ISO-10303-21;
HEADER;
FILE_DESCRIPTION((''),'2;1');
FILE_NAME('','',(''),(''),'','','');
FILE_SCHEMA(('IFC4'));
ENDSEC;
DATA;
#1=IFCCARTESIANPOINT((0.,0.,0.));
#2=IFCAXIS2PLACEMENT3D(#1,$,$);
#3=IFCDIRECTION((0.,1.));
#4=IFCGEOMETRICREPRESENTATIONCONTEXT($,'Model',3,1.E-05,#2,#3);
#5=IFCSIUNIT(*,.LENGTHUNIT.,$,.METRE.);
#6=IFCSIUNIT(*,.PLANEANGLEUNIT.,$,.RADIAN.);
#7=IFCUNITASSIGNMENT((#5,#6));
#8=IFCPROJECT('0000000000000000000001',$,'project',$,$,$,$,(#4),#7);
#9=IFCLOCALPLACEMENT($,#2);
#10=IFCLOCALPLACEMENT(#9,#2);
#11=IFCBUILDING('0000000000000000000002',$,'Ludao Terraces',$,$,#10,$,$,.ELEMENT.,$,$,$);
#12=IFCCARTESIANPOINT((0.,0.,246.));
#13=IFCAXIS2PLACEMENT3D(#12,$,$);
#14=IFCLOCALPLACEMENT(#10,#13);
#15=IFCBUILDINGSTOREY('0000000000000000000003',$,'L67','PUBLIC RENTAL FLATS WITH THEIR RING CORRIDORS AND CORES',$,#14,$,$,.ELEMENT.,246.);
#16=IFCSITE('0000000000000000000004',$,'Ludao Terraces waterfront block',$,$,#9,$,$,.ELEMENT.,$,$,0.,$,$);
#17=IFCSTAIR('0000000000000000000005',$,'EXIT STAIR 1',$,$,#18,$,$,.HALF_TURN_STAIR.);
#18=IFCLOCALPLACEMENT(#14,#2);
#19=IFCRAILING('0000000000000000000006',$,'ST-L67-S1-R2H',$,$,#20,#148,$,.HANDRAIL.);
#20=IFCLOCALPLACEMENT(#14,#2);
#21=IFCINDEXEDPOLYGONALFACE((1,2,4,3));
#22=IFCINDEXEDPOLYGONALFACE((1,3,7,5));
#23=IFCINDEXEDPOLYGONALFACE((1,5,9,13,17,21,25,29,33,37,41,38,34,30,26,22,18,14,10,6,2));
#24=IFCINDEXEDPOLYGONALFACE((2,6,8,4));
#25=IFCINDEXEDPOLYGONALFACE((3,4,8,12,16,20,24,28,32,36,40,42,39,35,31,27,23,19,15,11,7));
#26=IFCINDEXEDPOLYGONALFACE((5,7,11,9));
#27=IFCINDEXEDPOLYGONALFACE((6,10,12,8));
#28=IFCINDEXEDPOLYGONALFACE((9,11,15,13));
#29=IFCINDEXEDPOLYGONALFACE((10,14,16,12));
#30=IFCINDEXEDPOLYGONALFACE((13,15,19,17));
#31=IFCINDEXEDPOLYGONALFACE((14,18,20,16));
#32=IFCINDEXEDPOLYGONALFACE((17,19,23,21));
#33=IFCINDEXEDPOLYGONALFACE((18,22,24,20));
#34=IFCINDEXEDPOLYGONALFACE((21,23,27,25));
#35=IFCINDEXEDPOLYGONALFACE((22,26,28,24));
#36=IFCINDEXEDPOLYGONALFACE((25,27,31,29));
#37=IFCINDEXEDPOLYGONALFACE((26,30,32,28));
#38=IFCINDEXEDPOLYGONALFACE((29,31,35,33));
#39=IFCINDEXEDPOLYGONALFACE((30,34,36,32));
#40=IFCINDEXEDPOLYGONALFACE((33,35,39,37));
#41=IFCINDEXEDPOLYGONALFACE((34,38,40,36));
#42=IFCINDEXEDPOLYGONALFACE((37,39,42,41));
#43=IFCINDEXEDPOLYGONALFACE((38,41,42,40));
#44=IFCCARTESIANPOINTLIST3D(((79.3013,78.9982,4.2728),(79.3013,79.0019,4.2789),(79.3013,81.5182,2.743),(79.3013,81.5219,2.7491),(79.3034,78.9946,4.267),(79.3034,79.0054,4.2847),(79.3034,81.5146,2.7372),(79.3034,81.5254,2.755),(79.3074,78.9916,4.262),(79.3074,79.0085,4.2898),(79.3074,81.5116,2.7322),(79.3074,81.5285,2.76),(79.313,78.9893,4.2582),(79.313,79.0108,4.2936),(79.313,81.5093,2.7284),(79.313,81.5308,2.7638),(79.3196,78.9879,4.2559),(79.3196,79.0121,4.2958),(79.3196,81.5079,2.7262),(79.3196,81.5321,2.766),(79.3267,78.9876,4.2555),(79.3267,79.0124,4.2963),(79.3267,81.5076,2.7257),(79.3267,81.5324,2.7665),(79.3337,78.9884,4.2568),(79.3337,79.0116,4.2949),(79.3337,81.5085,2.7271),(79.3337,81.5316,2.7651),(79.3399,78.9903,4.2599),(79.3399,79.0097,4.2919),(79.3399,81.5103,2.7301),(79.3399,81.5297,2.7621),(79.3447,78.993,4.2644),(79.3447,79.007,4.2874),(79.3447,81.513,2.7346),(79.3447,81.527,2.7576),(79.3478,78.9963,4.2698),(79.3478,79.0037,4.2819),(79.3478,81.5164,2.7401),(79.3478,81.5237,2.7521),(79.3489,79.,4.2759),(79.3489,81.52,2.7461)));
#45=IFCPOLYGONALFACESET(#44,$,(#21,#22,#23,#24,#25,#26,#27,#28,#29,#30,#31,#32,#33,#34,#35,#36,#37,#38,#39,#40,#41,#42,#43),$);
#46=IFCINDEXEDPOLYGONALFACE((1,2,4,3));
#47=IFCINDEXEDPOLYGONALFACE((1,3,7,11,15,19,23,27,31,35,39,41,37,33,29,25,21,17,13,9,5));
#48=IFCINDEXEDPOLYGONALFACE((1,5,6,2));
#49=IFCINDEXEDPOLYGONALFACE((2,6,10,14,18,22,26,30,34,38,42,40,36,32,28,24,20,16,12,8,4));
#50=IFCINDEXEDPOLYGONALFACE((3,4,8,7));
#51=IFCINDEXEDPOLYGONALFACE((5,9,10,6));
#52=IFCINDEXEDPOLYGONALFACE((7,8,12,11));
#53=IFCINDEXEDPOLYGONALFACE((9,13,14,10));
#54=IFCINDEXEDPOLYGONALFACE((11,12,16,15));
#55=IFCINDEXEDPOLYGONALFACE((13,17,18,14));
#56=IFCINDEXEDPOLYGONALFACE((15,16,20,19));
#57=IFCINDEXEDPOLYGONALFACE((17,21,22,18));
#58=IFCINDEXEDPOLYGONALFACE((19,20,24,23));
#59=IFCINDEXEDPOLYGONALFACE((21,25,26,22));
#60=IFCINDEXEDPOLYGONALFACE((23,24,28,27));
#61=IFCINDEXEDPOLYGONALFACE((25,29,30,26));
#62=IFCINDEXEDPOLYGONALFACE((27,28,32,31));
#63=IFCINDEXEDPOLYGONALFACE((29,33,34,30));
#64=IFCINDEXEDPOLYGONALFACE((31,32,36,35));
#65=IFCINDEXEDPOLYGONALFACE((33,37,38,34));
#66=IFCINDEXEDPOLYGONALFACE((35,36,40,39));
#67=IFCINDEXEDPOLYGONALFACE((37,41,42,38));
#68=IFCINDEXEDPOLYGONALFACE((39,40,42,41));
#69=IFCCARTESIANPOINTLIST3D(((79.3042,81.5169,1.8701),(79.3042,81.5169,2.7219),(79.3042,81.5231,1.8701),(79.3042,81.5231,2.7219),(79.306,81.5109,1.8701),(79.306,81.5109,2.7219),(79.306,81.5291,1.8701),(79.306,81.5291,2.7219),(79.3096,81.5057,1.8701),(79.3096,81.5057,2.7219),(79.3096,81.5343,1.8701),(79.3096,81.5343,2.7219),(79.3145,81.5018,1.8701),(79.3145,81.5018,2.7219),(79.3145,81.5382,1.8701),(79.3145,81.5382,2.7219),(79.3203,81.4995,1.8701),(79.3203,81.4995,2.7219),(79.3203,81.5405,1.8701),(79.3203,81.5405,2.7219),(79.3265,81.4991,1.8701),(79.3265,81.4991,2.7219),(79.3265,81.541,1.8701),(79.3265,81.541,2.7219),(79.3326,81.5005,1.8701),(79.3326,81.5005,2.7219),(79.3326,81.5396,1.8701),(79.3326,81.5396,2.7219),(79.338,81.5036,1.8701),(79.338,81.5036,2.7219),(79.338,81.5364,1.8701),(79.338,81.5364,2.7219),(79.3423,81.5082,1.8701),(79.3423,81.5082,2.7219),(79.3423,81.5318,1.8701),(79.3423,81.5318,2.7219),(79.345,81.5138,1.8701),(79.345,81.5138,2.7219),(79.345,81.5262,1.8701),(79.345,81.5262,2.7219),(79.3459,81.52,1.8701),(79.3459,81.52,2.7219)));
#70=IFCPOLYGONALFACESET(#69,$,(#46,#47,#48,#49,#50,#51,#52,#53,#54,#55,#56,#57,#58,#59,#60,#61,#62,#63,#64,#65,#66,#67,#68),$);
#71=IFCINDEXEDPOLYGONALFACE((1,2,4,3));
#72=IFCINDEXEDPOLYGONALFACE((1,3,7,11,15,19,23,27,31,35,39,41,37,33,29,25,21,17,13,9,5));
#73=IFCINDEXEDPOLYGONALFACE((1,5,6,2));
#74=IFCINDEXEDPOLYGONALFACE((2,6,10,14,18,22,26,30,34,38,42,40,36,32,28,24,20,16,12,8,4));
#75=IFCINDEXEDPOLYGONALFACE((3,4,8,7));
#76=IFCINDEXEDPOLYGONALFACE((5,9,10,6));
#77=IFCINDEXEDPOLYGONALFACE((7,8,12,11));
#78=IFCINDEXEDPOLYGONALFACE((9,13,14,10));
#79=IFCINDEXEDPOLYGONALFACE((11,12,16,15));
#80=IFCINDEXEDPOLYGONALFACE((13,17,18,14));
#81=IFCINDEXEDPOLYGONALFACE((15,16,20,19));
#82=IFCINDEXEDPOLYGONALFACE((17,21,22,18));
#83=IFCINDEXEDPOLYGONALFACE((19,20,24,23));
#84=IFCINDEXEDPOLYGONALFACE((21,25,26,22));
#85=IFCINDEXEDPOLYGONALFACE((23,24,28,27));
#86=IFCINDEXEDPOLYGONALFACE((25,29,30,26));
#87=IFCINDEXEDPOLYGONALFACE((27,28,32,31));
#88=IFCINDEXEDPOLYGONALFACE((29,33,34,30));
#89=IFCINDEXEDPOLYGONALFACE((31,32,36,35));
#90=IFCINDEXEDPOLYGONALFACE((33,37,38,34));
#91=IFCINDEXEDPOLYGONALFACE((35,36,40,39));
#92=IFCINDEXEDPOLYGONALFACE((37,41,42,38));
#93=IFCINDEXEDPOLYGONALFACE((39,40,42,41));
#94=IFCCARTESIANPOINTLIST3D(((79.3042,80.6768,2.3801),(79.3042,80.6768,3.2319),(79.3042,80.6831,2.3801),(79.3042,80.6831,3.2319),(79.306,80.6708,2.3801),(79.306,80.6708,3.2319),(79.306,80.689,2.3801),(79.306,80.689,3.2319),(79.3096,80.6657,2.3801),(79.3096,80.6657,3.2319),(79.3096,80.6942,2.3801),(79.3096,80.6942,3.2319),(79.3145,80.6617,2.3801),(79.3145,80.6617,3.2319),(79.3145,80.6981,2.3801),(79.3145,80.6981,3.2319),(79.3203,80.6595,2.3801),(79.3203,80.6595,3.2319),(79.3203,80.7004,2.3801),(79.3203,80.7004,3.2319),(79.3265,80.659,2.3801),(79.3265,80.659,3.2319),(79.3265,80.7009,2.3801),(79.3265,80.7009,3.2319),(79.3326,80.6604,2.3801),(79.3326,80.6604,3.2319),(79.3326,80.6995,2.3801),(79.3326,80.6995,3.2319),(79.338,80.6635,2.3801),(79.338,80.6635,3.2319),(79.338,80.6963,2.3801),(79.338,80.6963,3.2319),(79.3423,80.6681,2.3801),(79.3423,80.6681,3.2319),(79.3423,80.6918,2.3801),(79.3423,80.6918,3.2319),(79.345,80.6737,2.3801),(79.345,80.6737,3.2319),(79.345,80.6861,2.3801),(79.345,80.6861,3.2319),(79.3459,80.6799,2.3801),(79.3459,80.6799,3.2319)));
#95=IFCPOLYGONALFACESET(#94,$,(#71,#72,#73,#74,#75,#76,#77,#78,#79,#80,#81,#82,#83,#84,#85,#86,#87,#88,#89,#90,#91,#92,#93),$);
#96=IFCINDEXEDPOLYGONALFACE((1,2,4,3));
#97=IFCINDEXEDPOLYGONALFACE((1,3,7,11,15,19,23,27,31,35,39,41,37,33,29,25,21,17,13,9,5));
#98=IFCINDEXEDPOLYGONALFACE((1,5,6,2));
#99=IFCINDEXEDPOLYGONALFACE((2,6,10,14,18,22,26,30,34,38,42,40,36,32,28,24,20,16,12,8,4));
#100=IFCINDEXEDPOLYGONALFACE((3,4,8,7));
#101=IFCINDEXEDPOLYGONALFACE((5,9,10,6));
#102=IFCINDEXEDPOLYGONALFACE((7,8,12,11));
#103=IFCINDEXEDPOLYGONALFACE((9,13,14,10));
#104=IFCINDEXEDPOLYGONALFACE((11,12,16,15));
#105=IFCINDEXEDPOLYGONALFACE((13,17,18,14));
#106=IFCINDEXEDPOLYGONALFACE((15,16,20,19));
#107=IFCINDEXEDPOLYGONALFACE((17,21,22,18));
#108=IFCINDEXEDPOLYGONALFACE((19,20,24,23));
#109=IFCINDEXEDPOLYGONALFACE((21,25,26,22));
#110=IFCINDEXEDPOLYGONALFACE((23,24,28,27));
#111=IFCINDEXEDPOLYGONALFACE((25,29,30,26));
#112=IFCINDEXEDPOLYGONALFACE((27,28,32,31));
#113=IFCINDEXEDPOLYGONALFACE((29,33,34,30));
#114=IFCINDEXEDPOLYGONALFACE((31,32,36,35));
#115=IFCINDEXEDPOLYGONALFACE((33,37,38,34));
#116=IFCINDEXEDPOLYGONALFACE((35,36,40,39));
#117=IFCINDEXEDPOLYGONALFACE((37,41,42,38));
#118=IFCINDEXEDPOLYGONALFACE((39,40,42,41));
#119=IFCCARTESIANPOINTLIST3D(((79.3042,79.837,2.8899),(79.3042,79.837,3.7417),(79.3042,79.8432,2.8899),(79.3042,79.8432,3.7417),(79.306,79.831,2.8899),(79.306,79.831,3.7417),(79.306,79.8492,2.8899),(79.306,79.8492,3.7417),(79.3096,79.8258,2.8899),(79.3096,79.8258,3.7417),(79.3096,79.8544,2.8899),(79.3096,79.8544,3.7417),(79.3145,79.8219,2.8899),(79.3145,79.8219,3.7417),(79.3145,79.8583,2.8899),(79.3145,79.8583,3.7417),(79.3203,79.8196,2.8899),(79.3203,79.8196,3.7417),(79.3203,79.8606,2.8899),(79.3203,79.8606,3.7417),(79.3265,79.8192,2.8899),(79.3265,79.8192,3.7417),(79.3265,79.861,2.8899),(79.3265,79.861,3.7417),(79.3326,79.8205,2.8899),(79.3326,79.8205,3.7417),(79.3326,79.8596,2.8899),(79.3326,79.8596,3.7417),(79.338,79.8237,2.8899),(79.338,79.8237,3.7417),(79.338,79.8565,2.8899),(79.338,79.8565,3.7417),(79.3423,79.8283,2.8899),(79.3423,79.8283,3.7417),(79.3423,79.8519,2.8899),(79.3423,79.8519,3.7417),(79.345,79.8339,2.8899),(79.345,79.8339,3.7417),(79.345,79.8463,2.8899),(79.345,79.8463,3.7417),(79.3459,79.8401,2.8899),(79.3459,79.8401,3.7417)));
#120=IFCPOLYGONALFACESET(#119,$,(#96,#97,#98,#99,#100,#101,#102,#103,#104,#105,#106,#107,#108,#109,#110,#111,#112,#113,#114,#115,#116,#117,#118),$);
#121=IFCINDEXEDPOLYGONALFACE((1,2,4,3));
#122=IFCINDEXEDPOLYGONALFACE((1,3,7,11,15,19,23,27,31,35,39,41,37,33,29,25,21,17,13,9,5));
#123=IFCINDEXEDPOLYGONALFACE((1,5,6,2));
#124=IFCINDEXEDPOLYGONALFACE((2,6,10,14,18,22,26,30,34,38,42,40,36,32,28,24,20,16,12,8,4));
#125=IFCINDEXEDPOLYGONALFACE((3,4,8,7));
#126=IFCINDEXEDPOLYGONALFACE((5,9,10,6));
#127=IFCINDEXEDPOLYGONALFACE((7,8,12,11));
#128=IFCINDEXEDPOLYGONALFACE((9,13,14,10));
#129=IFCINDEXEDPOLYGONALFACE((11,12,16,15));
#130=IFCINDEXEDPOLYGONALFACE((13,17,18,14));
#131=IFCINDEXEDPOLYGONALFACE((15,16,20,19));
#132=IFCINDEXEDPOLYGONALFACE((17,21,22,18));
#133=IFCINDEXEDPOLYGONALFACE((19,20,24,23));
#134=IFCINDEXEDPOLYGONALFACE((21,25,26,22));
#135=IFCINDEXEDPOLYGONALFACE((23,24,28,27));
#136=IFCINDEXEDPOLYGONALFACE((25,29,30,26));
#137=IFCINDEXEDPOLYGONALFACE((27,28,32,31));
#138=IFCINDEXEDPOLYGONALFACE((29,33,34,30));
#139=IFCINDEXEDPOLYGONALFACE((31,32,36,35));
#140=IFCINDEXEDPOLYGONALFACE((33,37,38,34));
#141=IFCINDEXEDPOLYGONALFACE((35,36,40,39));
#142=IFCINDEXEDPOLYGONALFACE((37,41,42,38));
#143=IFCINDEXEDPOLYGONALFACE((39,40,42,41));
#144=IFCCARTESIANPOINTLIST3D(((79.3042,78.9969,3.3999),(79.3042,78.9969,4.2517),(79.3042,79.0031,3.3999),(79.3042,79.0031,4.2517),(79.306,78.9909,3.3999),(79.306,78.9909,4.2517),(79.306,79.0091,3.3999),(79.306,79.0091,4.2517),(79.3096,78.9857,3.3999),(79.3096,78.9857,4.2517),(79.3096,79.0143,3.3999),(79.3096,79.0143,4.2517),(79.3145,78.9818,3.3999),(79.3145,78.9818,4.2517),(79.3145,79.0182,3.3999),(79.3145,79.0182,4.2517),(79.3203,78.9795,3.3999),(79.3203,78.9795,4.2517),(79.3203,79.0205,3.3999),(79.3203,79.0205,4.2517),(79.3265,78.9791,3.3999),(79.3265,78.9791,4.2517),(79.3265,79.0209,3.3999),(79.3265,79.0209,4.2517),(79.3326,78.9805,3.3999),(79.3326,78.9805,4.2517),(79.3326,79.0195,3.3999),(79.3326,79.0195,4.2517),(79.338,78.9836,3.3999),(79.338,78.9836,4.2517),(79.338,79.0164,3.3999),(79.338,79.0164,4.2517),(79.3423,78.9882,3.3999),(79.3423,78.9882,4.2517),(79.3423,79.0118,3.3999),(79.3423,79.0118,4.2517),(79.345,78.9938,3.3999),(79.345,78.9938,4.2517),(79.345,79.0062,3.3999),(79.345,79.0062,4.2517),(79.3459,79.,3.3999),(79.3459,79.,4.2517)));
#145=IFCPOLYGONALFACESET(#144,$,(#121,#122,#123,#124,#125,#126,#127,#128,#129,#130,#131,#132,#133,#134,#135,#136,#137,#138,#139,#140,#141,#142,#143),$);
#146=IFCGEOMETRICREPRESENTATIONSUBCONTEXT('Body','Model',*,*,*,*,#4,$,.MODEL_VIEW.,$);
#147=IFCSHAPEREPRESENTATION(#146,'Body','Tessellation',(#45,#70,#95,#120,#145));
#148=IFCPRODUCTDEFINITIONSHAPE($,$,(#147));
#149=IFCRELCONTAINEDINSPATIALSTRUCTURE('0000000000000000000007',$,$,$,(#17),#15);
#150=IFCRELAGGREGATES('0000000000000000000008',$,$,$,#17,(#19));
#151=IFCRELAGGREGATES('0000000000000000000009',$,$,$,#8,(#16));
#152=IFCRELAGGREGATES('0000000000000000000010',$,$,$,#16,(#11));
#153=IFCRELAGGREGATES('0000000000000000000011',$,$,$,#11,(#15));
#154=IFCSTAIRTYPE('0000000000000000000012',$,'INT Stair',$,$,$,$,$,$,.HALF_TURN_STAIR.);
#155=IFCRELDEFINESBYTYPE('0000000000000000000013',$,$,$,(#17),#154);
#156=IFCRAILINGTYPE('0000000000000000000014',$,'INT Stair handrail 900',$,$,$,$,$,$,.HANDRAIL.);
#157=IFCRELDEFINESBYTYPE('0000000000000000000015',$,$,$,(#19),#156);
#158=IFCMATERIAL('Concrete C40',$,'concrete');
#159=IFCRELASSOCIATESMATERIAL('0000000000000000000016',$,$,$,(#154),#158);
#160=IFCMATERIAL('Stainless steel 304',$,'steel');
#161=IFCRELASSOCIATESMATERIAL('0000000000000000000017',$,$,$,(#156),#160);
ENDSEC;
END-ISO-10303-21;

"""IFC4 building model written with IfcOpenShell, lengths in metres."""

from ifc_helpers import new_model, si_unit, direction, frame, origin, origin_2d, place, context, subcontext, project, spatial, circle, extrude, material, type_object, element, aggregate, save


model = new_model("IFC4")

# Units and contexts
model_context = context("Model", 3, precision=1e-05, world=origin(), true_north=direction((0.0, 1.0)))
body_context = subcontext(model_context, "Body", "Model", "MODEL_VIEW")
ifc_project = project(units=[si_unit("LENGTHUNIT", "METRE"), si_unit("PLANEANGLEUNIT", "RADIAN")], contexts=[model_context])

# Site, building, storey
site_placement = place(None, origin())
site = spatial("IfcSite", under=ifc_project, at=site_placement, Name="Ludao Terraces waterfront block", CompositionType="ELEMENT", RefElevation=0.0)
building_placement = place(site_placement, origin())
building = spatial("IfcBuilding", under=site, at=building_placement, Name="Ludao Terraces", CompositionType="ELEMENT")
storey_placement = place(building_placement, frame((0.0, 0.0, 246.0)))
storey = spatial("IfcBuildingStorey", under=building, at=storey_placement, Name="L67", Description="PUBLIC RENTAL FLATS WITH THEIR RING CORRIDORS AND CORES", CompositionType="ELEMENT", Elevation=246.0)

# Shared definitions
ifc_material_1 = material(Name="Stainless steel 304", Category="steel")

# Stair, railing
ifc_material_2 = material(Name="Concrete C40", Category="concrete")
stair_type = type_object("IfcStairType", Name="INT Stair", PredefinedType="HALF_TURN_STAIR", material=ifc_material_2)
stair_placement = place(storey_placement, origin())
stair = element("IfcStair", 1, at=stair_placement, inside=storey, type_object=stair_type, Name="EXIT STAIR 1", PredefinedType="HALF_TURN_STAIR")
railing_type_1 = type_object("IfcRailingType", Name="INT Stair handrail 900", PredefinedType="HANDRAIL", material=ifc_material_1)
railing_1_placement = place(storey_placement, frame((79.325, 81.52, 1.8701)))
railing_1 = element("IfcRailing", 2, at=railing_1_placement, type_object=railing_type_1, Name="ST-L67-S1-R2H", PredefinedType="HANDRAIL", context=body_context, shape_type="SweptSolid", body=[
    extrude(circle(Radius=0.0239, at=origin_2d()), frame((0.0, 0.0, 0.876), z_axis=(0.0, -0.854822, 0.518922), x_axis=(1.0, 0.0, 0.0)), (0.0, 0.0, 1.0), 2.948),
    extrude(circle(Radius=0.021, at=origin_2d()), origin(), (0.0, 0.0, 1.0), 0.8518),
    extrude(circle(Radius=0.021, at=origin_2d()), frame((0.0, -0.8401, 0.51)), (0.0, 0.0, 1.0), 0.8518),
    extrude(circle(Radius=0.021, at=origin_2d()), frame((0.0, -1.6799, 1.0198)), (0.0, 0.0, 1.0), 0.8518),
    extrude(circle(Radius=0.021, at=origin_2d()), frame((0.0, -2.52, 1.5298)), (0.0, 0.0, 1.0), 0.8518),
])
aggregate(stair, [railing_1])

save(model, "model.ifc")
